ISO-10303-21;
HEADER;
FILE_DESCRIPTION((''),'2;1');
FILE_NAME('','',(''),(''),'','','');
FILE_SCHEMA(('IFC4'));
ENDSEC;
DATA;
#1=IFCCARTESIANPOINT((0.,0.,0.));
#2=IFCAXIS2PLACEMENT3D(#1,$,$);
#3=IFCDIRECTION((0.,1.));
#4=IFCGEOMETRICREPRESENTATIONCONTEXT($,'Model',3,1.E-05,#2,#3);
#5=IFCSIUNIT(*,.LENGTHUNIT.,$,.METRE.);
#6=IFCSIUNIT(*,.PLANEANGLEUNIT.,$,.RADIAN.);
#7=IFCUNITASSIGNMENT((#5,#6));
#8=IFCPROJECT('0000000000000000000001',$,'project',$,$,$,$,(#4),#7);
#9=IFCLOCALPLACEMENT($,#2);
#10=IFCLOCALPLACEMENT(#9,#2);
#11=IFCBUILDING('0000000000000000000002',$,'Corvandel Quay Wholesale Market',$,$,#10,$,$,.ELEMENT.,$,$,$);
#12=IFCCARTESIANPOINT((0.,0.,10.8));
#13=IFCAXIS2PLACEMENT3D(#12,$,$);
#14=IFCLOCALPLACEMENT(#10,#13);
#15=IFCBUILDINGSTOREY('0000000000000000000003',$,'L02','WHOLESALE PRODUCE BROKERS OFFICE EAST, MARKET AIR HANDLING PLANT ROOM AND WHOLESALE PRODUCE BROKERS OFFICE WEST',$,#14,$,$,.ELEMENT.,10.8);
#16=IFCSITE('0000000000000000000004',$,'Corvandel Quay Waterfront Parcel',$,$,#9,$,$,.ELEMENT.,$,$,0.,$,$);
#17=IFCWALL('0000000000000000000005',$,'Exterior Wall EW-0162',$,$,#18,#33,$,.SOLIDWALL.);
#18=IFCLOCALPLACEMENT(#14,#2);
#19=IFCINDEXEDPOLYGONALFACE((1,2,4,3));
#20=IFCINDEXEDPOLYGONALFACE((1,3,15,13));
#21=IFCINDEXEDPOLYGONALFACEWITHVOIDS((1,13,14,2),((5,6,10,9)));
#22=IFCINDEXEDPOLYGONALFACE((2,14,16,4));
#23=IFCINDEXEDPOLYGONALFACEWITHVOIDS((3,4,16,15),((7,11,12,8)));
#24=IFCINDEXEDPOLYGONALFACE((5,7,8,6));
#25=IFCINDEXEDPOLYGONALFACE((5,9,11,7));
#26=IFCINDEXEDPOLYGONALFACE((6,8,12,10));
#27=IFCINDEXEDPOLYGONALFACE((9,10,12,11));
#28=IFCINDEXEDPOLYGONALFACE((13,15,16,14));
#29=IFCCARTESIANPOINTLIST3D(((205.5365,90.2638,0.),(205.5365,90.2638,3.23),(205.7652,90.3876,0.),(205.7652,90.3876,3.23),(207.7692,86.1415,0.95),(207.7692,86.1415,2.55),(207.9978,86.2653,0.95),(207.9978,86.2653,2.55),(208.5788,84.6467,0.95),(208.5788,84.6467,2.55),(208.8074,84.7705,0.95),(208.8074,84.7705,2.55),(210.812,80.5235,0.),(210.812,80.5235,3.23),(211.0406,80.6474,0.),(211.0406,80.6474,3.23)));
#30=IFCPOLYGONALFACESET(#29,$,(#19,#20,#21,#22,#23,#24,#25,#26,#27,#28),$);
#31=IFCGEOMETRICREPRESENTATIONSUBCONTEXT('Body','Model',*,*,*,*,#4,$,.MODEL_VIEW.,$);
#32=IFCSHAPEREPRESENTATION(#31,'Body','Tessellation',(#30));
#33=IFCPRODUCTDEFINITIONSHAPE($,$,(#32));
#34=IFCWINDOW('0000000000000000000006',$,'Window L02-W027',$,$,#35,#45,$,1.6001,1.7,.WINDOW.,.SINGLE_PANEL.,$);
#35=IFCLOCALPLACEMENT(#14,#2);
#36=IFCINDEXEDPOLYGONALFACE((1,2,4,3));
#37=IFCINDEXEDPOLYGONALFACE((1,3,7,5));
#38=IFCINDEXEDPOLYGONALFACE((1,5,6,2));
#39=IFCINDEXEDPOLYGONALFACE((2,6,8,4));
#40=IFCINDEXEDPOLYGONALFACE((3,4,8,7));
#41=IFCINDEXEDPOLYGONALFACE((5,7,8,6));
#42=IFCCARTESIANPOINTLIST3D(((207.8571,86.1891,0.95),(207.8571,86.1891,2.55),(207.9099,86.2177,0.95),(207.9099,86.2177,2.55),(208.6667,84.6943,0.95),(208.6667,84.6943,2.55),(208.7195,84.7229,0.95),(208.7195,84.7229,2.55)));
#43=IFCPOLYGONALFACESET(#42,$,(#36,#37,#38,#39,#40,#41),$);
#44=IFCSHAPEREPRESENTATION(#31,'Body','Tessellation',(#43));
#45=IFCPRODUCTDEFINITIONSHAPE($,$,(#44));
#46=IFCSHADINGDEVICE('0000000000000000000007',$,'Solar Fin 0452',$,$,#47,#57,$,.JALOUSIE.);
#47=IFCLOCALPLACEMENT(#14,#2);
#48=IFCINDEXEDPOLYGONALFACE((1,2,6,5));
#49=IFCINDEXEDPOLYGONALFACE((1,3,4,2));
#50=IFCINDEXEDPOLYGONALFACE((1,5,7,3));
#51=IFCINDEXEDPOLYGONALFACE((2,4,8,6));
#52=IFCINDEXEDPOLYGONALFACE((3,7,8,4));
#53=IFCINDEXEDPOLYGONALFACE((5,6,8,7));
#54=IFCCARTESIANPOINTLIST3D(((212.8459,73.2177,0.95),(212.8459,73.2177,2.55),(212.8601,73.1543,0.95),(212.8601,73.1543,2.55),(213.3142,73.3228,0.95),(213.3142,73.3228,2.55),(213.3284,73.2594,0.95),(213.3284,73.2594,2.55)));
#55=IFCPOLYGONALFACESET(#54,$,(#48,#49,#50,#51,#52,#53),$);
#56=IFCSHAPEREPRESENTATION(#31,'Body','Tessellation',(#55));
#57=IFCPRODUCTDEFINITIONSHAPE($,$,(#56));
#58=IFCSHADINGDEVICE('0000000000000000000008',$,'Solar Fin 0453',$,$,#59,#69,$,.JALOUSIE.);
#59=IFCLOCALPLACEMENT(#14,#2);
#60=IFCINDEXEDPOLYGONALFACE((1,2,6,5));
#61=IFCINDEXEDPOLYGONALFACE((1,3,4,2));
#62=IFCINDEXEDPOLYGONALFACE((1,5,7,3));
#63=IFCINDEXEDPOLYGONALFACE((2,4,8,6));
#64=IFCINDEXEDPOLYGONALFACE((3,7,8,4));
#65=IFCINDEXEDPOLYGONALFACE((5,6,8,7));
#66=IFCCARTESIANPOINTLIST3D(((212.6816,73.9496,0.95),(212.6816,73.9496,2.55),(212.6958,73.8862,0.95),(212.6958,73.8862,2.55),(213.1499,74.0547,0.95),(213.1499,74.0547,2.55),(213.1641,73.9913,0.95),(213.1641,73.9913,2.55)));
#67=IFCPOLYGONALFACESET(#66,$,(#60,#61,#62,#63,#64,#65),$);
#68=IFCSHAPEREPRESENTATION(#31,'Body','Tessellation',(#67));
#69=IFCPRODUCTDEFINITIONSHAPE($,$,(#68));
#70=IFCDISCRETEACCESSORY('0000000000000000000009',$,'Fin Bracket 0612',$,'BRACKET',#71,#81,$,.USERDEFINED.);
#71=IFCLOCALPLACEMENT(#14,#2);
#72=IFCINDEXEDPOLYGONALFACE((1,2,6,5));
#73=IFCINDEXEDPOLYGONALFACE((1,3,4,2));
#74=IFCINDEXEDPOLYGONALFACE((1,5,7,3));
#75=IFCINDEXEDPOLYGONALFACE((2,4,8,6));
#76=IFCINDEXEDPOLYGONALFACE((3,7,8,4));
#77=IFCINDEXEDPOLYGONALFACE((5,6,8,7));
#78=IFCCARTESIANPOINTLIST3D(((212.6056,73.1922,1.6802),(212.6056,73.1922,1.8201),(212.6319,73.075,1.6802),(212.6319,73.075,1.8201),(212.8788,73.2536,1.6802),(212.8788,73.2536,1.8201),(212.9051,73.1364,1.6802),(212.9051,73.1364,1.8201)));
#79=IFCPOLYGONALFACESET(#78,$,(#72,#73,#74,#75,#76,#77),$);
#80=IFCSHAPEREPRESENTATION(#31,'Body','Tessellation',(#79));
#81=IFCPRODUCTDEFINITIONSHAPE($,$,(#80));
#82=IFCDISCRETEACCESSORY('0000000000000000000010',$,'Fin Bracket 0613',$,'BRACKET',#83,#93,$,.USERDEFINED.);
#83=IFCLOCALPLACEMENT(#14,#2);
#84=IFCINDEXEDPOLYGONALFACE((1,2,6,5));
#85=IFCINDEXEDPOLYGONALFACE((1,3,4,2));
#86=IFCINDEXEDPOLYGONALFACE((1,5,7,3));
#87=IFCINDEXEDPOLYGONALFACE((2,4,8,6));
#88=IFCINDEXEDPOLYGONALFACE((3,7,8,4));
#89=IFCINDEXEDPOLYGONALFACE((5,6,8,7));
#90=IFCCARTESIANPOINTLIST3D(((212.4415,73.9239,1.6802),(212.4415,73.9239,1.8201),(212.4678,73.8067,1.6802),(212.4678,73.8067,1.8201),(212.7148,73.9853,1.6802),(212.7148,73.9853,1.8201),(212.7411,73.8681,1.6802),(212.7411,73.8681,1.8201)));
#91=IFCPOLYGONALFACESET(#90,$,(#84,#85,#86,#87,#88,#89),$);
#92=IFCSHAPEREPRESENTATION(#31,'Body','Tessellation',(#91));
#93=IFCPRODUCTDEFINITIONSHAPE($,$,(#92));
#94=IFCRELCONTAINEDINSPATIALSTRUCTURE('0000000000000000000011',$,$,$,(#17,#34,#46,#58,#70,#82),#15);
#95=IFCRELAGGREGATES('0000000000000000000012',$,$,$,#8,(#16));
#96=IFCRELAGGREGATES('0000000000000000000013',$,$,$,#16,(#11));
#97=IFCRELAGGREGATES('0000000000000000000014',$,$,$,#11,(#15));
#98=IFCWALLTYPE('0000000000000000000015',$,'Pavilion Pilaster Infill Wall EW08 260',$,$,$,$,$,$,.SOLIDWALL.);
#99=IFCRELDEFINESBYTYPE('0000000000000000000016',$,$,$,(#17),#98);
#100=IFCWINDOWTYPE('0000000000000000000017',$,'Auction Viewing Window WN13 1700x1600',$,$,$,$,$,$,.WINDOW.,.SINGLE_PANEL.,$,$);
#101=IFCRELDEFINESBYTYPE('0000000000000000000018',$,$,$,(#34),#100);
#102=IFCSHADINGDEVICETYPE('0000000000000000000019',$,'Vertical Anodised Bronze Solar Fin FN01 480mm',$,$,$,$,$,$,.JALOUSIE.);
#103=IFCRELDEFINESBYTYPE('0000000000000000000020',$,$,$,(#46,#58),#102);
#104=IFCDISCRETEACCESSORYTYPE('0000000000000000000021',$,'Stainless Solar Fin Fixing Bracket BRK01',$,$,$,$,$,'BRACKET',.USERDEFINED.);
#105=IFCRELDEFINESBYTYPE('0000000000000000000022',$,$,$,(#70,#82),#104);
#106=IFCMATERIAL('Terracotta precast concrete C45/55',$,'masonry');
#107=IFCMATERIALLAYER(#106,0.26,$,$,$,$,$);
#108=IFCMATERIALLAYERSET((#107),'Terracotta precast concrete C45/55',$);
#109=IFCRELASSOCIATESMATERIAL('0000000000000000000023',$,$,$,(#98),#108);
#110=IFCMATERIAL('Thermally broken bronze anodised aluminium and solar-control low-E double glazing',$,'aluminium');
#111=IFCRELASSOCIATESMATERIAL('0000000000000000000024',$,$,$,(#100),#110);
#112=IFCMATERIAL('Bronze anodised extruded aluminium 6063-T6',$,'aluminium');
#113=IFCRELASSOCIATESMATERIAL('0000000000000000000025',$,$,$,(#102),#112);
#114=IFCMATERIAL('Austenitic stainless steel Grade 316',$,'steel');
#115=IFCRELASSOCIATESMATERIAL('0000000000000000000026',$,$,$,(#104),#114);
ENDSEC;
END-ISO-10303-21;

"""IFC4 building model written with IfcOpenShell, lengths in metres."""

from ifc_helpers import new_model, si_unit, direction, frame, frame_2d, origin, origin_2d, place, context, subcontext, project, spatial, rectangle, extrude, material, layer, layer_set, type_object, element, fill, save


model = new_model("IFC4")

# Units and contexts
model_context = context("Model", 3, precision=1e-05, world=origin(), true_north=direction((0.0, 1.0)))
body_context = subcontext(model_context, "Body", "Model", "MODEL_VIEW")
ifc_project = project(units=[si_unit("LENGTHUNIT", "METRE"), si_unit("PLANEANGLEUNIT", "RADIAN")], contexts=[model_context])

# Site, building, storey
site_placement = place(None, origin())
site = spatial("IfcSite", under=ifc_project, at=site_placement, Name="Corvandel Quay Waterfront Parcel", CompositionType="ELEMENT", RefElevation=0.0)
building_placement = place(site_placement, origin())
building = spatial("IfcBuilding", under=site, at=building_placement, Name="Corvandel Quay Wholesale Market", CompositionType="ELEMENT")
storey_placement = place(building_placement, frame((0.0, 0.0, 10.8)))
storey = spatial("IfcBuildingStorey", under=building, at=storey_placement, Name="L02", Description="WHOLESALE PRODUCE BROKERS OFFICE EAST, MARKET AIR HANDLING PLANT ROOM AND WHOLESALE PRODUCE BROKERS OFFICE WEST", CompositionType="ELEMENT", Elevation=10.8)

# Wall, opening, window
ifc_material_1 = material(Name="Terracotta precast concrete C45/55", Category="masonry")
ifc_layer_1 = layer(ifc_material_1, 0.26)
ifc_layer_set_1 = layer_set([ifc_layer_1], Name="Terracotta precast concrete C45/55")
wall_type_1 = type_object("IfcWallType", Name="Pavilion Pilaster Infill Wall EW08 260", PredefinedType="SOLIDWALL", material=ifc_layer_set_1)
wall_1_placement = place(storey_placement, frame((210.9263, 80.5854, 0.0), z_axis=(0.0, 0.0, 1.0), x_axis=(-0.476243, 0.879314, 0.0)))
wall_1 = element("IfcWall", 1, at=wall_1_placement, inside=storey, type_object=wall_type_1, Name="Exterior Wall EW-0162", PredefinedType="SOLIDWALL", context=body_context, shape_type="SweptSolid", body=[
    extrude(rectangle(XDim=11.0771, YDim=0.26, at=frame_2d((5.5386, 0.0))), origin(), (0.0, 0.0, 1.0), 3.23),
])
opening_1_placement = place(wall_1_placement, frame((4.689, 0.0, 0.95)))
opening_1 = element("IfcOpeningElement", 2, at=opening_1_placement, cuts=wall_1, PredefinedType="OPENING", context=body_context, shape_type="SweptSolid", body=[
    extrude(rectangle(XDim=1.7, YDim=1.6001, at=frame_2d((0.8501, 0.8))), frame((0.0, 0.1399, 0.0), z_axis=(0.0, -1.0, 0.0), x_axis=(1.0, 0.0, 0.0)), (0.0, 0.0, 1.0), 0.28),
])
ifc_material_2 = material(Name="Thermally broken bronze anodised aluminium and solar-control low-E double glazing", Category="aluminium")
window_type = type_object("IfcWindowType", Name="Auction Viewing Window WN13 1700x1600", PartitioningType="SINGLE_PANEL", PredefinedType="WINDOW", material=ifc_material_2)
window_placement = place(opening_1_placement, origin())
window = element("IfcWindow", 3, at=window_placement, inside=storey, type_object=window_type, Name="Window L02-W027", OverallHeight=1.6001, OverallWidth=1.7, PartitioningType="SINGLE_PANEL", PredefinedType="WINDOW", context=body_context, shape_type="SweptSolid", body=[
    extrude(rectangle(XDim=1.7, YDim=1.6001, at=frame_2d((0.8501, 0.8))), frame((0.0, 0.03, 0.0), z_axis=(0.0, -1.0, 0.0), x_axis=(1.0, 0.0, 0.0)), (0.0, 0.0, 1.0), 0.0601),
])
fill(opening_1, window)

# Shading devices
ifc_material_3 = material(Name="Bronze anodised extruded aluminium 6063-T6", Category="aluminium")
shading_device_type = type_object("IfcShadingDeviceType", Name="Vertical Anodised Bronze Solar Fin FN01 480mm", PredefinedType="JALOUSIE", material=ifc_material_3)
for number, where, z_axis, x_axis, name in (
    (4, (213.0872, 73.2385, 0.95), (0.0, 0.0, 1.0), (0.975726, 0.218995, 0.0), "Solar Fin 0452"),
    (5, (212.9229, 73.9705, 0.95), (0.0, 0.0, 1.0), (0.975726, 0.218995, 0.0), "Solar Fin 0453"),
):
    element("IfcShadingDevice", number, at=place(storey_placement, frame(where, z_axis=z_axis, x_axis=x_axis)), inside=storey, type_object=shading_device_type, Name=name, PredefinedType="JALOUSIE", context=body_context, shape_type="SweptSolid", body=[
        extrude(rectangle(XDim=0.48, YDim=0.0649, at=origin_2d()), origin(), (0.0, 0.0, 1.0), 1.6001),
    ])

# Discrete accessories
ifc_material_4 = material(Name="Austenitic stainless steel Grade 316", Category="steel")
discrete_accessory_type = type_object("IfcDiscreteAccessoryType", Name="Stainless Solar Fin Fixing Bracket BRK01", ElementType="BRACKET", PredefinedType="USERDEFINED", material=ifc_material_4)
for number, where, z_axis, x_axis, name in (
    (6, (212.7554, 73.1643, 1.6802), (0.0, 0.0, 1.0), (0.975726, 0.218995, 0.0), "Fin Bracket 0612"),
    (7, (212.5913, 73.896, 1.6802), (0.0, 0.0, 1.0), (0.975726, 0.218995, 0.0), "Fin Bracket 0613"),
):
    element("IfcDiscreteAccessory", number, at=place(storey_placement, frame(where, z_axis=z_axis, x_axis=x_axis)), inside=storey, type_object=discrete_accessory_type, Name=name, ObjectType="BRACKET", PredefinedType="USERDEFINED", context=body_context, shape_type="SweptSolid", body=[
        extrude(rectangle(XDim=0.28, YDim=0.1201, at=origin_2d()), origin(), (0.0, 0.0, 1.0), 0.1399),
    ])

save(model, "model.ifc")
